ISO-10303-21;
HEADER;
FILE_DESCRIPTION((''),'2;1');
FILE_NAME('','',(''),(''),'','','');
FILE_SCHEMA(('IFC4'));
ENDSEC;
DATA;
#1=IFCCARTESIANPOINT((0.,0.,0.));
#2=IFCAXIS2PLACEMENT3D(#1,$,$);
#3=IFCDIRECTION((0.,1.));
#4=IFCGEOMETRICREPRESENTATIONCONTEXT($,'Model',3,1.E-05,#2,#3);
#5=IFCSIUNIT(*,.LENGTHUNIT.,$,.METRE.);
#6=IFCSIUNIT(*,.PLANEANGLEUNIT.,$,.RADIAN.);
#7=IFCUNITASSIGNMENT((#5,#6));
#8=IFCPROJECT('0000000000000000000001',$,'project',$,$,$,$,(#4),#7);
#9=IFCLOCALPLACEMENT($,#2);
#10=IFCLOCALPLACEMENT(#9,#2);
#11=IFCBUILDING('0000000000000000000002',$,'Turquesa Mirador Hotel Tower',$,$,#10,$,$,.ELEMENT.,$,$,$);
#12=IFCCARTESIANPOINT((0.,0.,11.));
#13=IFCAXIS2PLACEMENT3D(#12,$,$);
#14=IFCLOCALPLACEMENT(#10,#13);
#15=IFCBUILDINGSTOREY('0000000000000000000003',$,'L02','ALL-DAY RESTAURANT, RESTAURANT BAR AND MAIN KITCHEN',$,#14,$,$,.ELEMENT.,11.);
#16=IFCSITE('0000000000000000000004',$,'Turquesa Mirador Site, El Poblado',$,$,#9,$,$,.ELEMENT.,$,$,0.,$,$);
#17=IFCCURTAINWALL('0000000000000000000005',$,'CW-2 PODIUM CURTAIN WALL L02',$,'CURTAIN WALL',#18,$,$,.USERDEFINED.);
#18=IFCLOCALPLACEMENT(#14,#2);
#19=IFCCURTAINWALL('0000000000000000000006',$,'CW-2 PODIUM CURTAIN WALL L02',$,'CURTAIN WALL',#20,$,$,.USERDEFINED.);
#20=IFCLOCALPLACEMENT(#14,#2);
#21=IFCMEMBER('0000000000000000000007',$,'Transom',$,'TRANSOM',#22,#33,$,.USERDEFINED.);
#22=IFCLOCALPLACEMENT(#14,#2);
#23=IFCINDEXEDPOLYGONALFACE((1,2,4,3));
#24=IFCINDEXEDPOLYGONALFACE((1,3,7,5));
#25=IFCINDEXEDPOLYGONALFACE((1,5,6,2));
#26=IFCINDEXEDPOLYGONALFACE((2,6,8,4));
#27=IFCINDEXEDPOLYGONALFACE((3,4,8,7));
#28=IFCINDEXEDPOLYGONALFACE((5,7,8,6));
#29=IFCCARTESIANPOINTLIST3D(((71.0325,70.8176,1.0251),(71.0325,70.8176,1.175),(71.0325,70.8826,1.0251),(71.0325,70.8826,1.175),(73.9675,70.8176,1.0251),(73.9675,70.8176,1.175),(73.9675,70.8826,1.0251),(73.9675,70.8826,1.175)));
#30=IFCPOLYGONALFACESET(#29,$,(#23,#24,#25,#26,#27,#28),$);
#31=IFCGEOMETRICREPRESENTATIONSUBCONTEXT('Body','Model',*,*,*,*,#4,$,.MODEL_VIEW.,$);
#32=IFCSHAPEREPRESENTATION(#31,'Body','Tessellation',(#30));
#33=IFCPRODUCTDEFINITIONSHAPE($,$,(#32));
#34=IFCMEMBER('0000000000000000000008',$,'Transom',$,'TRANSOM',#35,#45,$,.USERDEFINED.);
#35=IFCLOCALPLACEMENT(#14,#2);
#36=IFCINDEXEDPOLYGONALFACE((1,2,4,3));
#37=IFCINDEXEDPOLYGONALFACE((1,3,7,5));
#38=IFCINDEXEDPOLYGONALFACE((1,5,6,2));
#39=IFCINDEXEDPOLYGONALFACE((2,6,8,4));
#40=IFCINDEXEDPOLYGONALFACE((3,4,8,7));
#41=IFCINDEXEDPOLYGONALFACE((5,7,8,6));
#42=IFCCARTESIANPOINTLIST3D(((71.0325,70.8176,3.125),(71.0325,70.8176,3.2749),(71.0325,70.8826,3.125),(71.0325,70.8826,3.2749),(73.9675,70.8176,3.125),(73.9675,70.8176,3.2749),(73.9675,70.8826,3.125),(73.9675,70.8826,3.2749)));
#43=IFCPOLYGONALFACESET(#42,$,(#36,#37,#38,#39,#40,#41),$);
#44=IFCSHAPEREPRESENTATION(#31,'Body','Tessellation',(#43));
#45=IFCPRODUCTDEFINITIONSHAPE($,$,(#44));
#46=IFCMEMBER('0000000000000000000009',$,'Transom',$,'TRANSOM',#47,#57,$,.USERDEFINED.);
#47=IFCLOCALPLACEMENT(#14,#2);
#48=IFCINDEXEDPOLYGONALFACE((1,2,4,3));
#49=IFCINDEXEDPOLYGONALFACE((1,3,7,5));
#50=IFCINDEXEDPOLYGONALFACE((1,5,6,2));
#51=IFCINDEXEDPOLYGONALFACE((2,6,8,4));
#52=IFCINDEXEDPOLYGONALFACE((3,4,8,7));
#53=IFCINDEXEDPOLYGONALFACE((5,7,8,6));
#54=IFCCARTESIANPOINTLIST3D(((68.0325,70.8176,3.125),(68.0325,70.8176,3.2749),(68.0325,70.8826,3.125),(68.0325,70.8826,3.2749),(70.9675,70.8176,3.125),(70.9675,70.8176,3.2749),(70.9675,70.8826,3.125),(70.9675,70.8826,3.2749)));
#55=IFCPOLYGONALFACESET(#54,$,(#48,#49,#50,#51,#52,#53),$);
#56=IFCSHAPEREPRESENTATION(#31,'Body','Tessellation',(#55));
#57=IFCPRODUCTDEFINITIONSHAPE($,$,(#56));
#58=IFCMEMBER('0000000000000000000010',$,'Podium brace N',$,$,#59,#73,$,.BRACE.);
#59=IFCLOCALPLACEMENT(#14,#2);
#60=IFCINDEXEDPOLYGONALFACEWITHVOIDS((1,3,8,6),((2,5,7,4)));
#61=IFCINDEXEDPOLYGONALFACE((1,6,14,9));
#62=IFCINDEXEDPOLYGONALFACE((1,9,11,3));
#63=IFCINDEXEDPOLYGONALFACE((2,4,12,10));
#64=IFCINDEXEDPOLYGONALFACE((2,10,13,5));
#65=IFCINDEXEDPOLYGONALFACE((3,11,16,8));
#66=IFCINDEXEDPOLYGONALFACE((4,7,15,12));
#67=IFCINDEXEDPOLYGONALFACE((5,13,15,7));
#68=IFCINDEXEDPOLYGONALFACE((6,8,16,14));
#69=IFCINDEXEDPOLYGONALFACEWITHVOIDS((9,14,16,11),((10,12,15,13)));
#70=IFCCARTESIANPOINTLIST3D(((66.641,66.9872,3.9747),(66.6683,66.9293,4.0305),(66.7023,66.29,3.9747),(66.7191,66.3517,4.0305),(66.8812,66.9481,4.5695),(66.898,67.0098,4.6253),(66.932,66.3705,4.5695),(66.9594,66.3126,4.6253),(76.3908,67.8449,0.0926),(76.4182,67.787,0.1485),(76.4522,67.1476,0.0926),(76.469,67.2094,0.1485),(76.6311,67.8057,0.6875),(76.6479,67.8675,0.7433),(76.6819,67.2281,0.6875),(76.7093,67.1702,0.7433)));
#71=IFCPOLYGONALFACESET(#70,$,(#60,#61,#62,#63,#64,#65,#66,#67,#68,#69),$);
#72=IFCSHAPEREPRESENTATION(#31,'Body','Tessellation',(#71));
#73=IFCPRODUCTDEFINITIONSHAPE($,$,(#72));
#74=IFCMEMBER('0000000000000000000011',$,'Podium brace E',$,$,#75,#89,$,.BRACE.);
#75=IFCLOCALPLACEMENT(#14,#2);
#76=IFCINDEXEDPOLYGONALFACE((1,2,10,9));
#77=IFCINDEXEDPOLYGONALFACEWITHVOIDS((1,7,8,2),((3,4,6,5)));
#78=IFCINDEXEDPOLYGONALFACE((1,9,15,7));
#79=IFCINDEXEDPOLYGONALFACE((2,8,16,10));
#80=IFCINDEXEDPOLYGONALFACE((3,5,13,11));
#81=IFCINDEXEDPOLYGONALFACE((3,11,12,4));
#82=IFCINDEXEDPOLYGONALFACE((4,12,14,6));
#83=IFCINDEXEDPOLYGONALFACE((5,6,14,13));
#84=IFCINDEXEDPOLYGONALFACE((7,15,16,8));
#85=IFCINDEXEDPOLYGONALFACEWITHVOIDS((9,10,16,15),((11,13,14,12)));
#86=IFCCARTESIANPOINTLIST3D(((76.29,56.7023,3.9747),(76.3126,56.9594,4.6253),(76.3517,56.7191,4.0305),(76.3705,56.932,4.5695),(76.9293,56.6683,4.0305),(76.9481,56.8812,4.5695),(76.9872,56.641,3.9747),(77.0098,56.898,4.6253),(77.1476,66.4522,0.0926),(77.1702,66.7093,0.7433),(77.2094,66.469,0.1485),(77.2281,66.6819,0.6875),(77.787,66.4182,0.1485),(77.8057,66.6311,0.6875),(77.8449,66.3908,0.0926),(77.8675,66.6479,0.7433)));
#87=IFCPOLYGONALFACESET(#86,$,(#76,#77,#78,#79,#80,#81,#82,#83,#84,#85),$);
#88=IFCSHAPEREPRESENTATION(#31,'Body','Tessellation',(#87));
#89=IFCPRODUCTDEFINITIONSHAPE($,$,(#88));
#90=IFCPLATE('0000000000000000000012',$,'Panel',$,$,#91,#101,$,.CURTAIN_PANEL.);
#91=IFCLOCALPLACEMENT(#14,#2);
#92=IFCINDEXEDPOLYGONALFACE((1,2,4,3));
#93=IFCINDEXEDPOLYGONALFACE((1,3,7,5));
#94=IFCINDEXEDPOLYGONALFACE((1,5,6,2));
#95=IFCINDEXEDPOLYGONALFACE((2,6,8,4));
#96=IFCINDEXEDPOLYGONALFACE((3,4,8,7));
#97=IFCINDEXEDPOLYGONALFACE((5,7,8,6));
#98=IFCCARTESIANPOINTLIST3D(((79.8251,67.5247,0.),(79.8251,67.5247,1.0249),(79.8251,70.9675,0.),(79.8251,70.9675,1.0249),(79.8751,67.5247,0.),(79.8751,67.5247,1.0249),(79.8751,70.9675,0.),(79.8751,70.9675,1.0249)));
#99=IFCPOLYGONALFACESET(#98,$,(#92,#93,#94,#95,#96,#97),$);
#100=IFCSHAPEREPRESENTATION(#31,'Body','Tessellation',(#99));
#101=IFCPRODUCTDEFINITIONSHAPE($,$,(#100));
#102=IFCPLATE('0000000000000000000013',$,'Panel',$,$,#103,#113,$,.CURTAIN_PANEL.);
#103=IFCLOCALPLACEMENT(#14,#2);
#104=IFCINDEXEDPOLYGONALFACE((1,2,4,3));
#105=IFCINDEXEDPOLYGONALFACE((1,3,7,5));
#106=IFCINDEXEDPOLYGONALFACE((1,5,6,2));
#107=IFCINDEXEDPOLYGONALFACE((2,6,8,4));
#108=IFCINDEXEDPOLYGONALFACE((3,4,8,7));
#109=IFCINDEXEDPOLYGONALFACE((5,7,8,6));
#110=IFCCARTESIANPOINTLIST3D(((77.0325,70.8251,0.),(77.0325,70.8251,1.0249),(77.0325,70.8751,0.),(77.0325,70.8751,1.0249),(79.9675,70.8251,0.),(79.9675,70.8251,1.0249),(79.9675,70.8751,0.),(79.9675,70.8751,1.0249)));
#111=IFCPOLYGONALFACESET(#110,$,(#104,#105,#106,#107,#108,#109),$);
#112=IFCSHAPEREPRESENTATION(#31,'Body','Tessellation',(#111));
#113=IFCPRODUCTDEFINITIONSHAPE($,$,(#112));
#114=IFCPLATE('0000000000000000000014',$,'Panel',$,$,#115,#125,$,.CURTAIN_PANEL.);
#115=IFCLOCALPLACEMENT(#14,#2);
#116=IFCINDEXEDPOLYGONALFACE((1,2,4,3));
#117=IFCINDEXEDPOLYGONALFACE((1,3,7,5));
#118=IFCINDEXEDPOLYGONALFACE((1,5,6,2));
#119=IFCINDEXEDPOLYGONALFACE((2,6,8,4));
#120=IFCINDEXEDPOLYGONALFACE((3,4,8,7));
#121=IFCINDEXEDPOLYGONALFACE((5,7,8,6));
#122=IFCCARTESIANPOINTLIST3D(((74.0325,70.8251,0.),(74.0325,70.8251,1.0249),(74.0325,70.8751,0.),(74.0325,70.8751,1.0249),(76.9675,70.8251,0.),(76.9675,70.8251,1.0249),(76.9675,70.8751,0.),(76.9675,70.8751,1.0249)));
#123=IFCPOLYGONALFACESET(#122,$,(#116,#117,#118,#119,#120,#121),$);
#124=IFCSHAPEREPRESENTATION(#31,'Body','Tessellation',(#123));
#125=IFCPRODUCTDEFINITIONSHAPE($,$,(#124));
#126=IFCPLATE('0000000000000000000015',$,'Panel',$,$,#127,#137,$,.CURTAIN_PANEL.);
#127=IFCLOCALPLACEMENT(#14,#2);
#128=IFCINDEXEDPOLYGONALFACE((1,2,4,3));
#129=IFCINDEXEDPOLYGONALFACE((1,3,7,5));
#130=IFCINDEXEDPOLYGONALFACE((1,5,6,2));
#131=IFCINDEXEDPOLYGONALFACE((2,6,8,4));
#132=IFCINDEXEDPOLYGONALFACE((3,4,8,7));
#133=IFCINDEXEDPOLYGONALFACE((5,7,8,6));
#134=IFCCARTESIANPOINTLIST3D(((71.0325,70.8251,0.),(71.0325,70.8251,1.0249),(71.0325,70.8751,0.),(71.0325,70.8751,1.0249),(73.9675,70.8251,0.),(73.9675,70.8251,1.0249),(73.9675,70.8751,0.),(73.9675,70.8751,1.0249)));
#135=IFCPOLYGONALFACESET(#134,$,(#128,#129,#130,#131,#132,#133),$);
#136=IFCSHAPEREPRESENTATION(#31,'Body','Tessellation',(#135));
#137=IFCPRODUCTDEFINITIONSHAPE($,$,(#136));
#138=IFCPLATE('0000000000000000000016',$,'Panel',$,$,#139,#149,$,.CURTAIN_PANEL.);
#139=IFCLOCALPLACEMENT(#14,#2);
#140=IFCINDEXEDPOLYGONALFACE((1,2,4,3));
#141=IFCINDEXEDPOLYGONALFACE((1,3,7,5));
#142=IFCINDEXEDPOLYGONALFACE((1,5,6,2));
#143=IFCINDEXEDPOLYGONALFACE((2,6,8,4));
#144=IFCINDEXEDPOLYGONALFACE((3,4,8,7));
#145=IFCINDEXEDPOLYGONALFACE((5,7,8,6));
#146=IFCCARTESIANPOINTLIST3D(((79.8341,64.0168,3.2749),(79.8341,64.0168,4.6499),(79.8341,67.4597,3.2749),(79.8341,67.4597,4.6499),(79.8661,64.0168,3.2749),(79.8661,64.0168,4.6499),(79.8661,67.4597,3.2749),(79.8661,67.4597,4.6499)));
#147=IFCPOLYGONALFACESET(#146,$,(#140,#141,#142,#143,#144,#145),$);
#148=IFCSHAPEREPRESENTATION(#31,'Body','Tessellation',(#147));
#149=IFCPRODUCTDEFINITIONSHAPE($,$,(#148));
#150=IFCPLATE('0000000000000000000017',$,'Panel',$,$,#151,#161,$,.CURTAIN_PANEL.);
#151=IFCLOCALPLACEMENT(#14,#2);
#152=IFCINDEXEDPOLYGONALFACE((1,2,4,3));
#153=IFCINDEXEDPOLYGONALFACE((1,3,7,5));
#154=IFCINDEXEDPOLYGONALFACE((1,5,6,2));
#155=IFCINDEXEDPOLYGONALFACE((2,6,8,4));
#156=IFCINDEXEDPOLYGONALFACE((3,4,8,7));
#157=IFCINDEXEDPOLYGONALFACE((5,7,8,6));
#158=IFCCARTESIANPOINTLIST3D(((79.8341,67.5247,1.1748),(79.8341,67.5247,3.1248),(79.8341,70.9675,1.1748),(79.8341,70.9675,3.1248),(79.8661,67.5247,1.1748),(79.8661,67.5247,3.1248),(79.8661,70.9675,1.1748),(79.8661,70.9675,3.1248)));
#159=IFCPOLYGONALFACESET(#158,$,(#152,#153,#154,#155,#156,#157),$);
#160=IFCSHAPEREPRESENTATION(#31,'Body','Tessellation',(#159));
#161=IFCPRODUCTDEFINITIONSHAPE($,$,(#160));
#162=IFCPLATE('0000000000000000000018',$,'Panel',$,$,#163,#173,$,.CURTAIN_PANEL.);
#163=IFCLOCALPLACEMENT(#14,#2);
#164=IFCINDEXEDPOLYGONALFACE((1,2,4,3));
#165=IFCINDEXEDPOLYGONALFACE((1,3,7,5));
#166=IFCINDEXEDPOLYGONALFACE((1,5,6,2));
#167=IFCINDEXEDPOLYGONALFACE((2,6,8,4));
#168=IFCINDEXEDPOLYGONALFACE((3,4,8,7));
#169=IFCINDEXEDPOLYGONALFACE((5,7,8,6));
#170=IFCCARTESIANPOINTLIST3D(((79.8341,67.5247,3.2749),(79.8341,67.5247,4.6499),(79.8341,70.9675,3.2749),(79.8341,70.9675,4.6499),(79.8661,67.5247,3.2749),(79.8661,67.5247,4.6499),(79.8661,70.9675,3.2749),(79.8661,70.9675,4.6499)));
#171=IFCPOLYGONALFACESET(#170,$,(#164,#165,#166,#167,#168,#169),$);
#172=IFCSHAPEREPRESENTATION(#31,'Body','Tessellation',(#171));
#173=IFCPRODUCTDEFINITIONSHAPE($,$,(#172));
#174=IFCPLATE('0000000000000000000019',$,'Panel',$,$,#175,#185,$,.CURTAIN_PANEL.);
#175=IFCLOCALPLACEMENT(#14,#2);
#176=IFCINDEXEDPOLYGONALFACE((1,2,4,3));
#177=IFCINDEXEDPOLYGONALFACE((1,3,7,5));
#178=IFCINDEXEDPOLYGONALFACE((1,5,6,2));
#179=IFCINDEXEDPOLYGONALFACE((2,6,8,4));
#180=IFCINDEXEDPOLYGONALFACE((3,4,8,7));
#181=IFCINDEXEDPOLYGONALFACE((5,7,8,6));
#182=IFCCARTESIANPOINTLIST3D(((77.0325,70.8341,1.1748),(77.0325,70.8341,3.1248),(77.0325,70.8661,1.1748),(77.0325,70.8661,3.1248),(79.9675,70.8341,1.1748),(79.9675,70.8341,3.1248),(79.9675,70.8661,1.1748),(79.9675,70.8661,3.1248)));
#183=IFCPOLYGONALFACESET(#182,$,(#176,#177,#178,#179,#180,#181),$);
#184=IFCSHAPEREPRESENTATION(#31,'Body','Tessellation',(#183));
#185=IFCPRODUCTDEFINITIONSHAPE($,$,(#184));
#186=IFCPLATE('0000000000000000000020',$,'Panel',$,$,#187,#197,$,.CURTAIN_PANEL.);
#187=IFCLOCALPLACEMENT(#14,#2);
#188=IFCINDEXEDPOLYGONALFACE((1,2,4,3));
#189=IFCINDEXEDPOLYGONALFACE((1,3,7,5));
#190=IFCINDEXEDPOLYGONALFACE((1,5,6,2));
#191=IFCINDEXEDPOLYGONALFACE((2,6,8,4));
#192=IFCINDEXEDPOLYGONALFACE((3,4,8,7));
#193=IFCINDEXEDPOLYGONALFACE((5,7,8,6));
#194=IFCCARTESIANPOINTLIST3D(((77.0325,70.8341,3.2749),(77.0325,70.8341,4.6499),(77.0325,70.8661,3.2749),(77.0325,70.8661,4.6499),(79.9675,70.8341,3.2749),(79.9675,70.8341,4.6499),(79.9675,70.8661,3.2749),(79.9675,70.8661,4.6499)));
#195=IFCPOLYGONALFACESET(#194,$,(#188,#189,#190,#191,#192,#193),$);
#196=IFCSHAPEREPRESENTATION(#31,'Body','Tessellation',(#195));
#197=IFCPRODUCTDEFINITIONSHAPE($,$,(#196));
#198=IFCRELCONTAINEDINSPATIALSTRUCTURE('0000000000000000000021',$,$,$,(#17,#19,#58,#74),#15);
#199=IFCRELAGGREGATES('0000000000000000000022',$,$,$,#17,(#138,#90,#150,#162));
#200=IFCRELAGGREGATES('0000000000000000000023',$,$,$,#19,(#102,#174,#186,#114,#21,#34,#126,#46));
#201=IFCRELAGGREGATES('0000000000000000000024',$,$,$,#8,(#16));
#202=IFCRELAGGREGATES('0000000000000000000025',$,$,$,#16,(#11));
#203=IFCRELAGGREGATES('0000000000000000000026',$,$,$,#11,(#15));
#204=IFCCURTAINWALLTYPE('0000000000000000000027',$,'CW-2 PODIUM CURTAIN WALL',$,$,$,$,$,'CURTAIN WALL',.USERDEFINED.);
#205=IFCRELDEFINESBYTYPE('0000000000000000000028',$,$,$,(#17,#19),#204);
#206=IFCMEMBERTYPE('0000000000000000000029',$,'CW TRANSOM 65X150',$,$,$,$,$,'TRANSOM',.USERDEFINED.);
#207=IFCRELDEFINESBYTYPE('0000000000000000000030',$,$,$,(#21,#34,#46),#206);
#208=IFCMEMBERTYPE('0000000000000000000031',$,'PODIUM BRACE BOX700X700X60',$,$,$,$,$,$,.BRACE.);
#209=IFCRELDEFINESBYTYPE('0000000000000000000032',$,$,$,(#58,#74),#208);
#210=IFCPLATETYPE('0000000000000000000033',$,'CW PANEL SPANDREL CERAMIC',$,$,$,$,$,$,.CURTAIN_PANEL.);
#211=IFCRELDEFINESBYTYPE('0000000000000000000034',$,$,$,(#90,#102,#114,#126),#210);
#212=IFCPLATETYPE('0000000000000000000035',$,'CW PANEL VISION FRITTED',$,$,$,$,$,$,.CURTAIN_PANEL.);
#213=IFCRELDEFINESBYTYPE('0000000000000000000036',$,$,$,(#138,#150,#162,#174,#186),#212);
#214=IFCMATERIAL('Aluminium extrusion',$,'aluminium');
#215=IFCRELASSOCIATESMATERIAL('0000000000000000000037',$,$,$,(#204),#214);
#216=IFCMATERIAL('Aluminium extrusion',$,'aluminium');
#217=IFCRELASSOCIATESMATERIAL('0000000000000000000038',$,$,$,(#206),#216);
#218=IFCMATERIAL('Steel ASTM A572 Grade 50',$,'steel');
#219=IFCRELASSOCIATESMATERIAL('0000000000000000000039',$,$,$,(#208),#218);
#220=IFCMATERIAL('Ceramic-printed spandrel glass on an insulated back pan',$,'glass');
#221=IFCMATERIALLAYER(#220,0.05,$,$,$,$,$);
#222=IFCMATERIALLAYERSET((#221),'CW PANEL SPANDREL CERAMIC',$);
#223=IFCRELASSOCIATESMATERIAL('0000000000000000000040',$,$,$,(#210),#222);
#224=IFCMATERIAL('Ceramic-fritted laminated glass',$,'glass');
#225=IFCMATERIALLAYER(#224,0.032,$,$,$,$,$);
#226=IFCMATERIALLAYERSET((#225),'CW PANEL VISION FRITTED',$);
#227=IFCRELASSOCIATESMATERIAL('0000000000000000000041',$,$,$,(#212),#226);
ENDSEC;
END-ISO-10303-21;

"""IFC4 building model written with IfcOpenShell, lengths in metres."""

from ifc_helpers import new_model, si_unit, direction, frame, origin, origin_2d, place, context, subcontext, project, spatial, rectangle, hollow_rectangle, extrude, material, layer, layer_set, material_profile, profile_set, type_object, element, aggregate, save


model = new_model("IFC4")

# Units and contexts
model_context = context("Model", 3, precision=1e-05, world=origin(), true_north=direction((0.0, 1.0)))
body_context = subcontext(model_context, "Body", "Model", "MODEL_VIEW")
ifc_project = project(units=[si_unit("LENGTHUNIT", "METRE"), si_unit("PLANEANGLEUNIT", "RADIAN")], contexts=[model_context])

# Site, building, storey
site_placement = place(None, origin())
site = spatial("IfcSite", under=ifc_project, at=site_placement, Name="Turquesa Mirador Site, El Poblado", CompositionType="ELEMENT", RefElevation=0.0)
building_placement = place(site_placement, origin())
building = spatial("IfcBuilding", under=site, at=building_placement, Name="Turquesa Mirador Hotel Tower", CompositionType="ELEMENT")
storey_placement = place(building_placement, frame((0.0, 0.0, 11.0)))
storey = spatial("IfcBuildingStorey", under=building, at=storey_placement, Name="L02", Description="ALL-DAY RESTAURANT, RESTAURANT BAR AND MAIN KITCHEN", CompositionType="ELEMENT", Elevation=11.0)

# Curtain walls
ifc_material_1 = material(Name="Aluminium extrusion", Category="aluminium")
curtain_wall_type = type_object("IfcCurtainWallType", Name="CW-2 PODIUM CURTAIN WALL", ElementType="CURTAIN WALL", PredefinedType="USERDEFINED", material=ifc_material_1)
curtain_wall_1_placement = place(storey_placement, origin())
curtain_wall_1 = element("IfcCurtainWall", 1, at=curtain_wall_1_placement, inside=storey, type_object=curtain_wall_type, Name="CW-2 PODIUM CURTAIN WALL L02", ObjectType="CURTAIN WALL", PredefinedType="USERDEFINED")
curtain_wall_2_placement = place(storey_placement, origin())
curtain_wall_2 = element("IfcCurtainWall", 2, at=curtain_wall_2_placement, inside=storey, type_object=curtain_wall_type, Name="CW-2 PODIUM CURTAIN WALL L02", ObjectType="CURTAIN WALL", PredefinedType="USERDEFINED")

# Members
ifc_material_2 = material(Name="Aluminium extrusion", Category="aluminium")
ifc_material_profile_1 = material_profile(ifc_material_2, rectangle(XDim=0.0649, YDim=0.1499, at=origin_2d()), Name="TRANSOM 65X150")
ifc_profile_set_1 = profile_set([ifc_material_profile_1], Name="Aluminium extrusion")
member_type_1 = type_object("IfcMemberType", Name="CW TRANSOM 65X150", ElementType="TRANSOM", PredefinedType="USERDEFINED", material=ifc_profile_set_1)
member_1_placement = place(storey_placement, frame((73.9675, 70.8501, 1.1001), z_axis=(-1.0, 0.0, 0.0), x_axis=(0.0, -1.0, 0.0)))
member_1 = element("IfcMember", 3, at=member_1_placement, type_object=member_type_1, Name="Transom", ObjectType="TRANSOM", PredefinedType="USERDEFINED", context=body_context, shape_type="SweptSolid", body=[
    extrude(rectangle(XDim=0.0649, YDim=0.1499, at=origin_2d()), origin(), (0.0, 0.0, 1.0), 2.9351),
])
member_2_placement = place(storey_placement, frame((73.9675, 70.8501, 3.2), z_axis=(-1.0, 0.0, 0.0), x_axis=(0.0, -1.0, 0.0)))
member_2 = element("IfcMember", 4, at=member_2_placement, type_object=member_type_1, Name="Transom", ObjectType="TRANSOM", PredefinedType="USERDEFINED", context=body_context, shape_type="SweptSolid", body=[
    extrude(rectangle(XDim=0.0649, YDim=0.1499, at=origin_2d()), origin(), (0.0, 0.0, 1.0), 2.9351),
])
member_3_placement = place(storey_placement, frame((70.9675, 70.8501, 3.2), z_axis=(-1.0, 0.0, 0.0), x_axis=(0.0, -1.0, 0.0)))
member_3 = element("IfcMember", 5, at=member_3_placement, type_object=member_type_1, Name="Transom", ObjectType="TRANSOM", PredefinedType="USERDEFINED", context=body_context, shape_type="SweptSolid", body=[
    extrude(rectangle(XDim=0.0649, YDim=0.1499, at=origin_2d()), origin(), (0.0, 0.0, 1.0), 2.9351),
])

# Members
ifc_material_3 = material(Name="Steel ASTM A572 Grade 50", Category="steel")
ifc_material_profile_2 = material_profile(ifc_material_3, hollow_rectangle(XDim=0.7, YDim=0.7, WallThickness=0.0601, at=origin_2d()), Name="BOX700X700X60")
ifc_profile_set_2 = profile_set([ifc_material_profile_2], Name="Steel ASTM A572 Grade 50")
member_type_2 = type_object("IfcMemberType", Name="PODIUM BRACE BOX700X700X60", PredefinedType="BRACE", material=ifc_profile_set_2)
for number, where, z_axis, x_axis, name in (
    (6, (76.55, 67.5076, 0.418), (-0.925977, -0.081454, 0.368689), (0.087627, -0.996153, 0.0), "Podium brace N"),
    (7, (77.5076, 66.55, 0.418), (-0.081454, -0.925977, 0.368689), (0.996153, -0.087627, 0.0), "Podium brace E"),
):
    element("IfcMember", number, at=place(storey_placement, frame(where, z_axis=z_axis, x_axis=x_axis)), inside=storey, type_object=member_type_2, Name=name, PredefinedType="BRACE", context=body_context, shape_type="SweptSolid", body=[
        extrude(hollow_rectangle(XDim=0.7, YDim=0.7, WallThickness=0.0601, at=origin_2d()), origin(), (0.0, 0.0, 1.0), 10.5293),
    ])

# Plates
ifc_material_4 = material(Name="Ceramic-printed spandrel glass on an insulated back pan", Category="glass")
ifc_layer_1 = layer(ifc_material_4, 0.05)
ifc_layer_set_1 = layer_set([ifc_layer_1], Name="CW PANEL SPANDREL CERAMIC")
plate_type_1 = type_object("IfcPlateType", Name="CW PANEL SPANDREL CERAMIC", PredefinedType="CURTAIN_PANEL", material=ifc_layer_set_1)
plate_1_placement = place(storey_placement, frame((79.8501, 69.2461, 0.0), z_axis=(0.0, 0.0, 1.0), x_axis=(0.0, 1.0, 0.0)))
plate_1 = element("IfcPlate", 8, at=plate_1_placement, type_object=plate_type_1, Name="Panel", PredefinedType="CURTAIN_PANEL", context=body_context, shape_type="SweptSolid", body=[
    extrude(rectangle(XDim=3.4429, YDim=0.05, at=origin_2d()), origin(), (0.0, 0.0, 1.0), 1.0249),
])
plate_2_placement = place(storey_placement, frame((78.5, 70.8501, 0.0), z_axis=(0.0, 0.0, 1.0), x_axis=(-1.0, 0.0, 0.0)))
plate_2 = element("IfcPlate", 9, at=plate_2_placement, type_object=plate_type_1, Name="Panel", PredefinedType="CURTAIN_PANEL", context=body_context, shape_type="SweptSolid", body=[
    extrude(rectangle(XDim=2.9351, YDim=0.05, at=origin_2d()), origin(), (0.0, 0.0, 1.0), 1.0249),
])
plate_3_placement = place(storey_placement, frame((75.5, 70.8501, 0.0), z_axis=(0.0, 0.0, 1.0), x_axis=(-1.0, 0.0, 0.0)))
plate_3 = element("IfcPlate", 10, at=plate_3_placement, type_object=plate_type_1, Name="Panel", PredefinedType="CURTAIN_PANEL", context=body_context, shape_type="SweptSolid", body=[
    extrude(rectangle(XDim=2.9351, YDim=0.05, at=origin_2d()), origin(), (0.0, 0.0, 1.0), 1.0249),
])
plate_4_placement = place(storey_placement, frame((72.5, 70.8501, 0.0), z_axis=(0.0, 0.0, 1.0), x_axis=(-1.0, 0.0, 0.0)))
plate_4 = element("IfcPlate", 11, at=plate_4_placement, type_object=plate_type_1, Name="Panel", PredefinedType="CURTAIN_PANEL", context=body_context, shape_type="SweptSolid", body=[
    extrude(rectangle(XDim=2.9351, YDim=0.05, at=origin_2d()), origin(), (0.0, 0.0, 1.0), 1.0249),
])
ifc_material_5 = material(Name="Ceramic-fritted laminated glass", Category="glass")
ifc_layer_2 = layer(ifc_material_5, 0.032)
ifc_layer_set_2 = layer_set([ifc_layer_2], Name="CW PANEL VISION FRITTED")
plate_type_2 = type_object("IfcPlateType", Name="CW PANEL VISION FRITTED", PredefinedType="CURTAIN_PANEL", material=ifc_layer_set_2)
plate_5_placement = place(storey_placement, frame((79.8501, 65.7383, 3.2749), z_axis=(0.0, 0.0, 1.0), x_axis=(0.0, 1.0, 0.0)))
plate_5 = element("IfcPlate", 12, at=plate_5_placement, type_object=plate_type_2, Name="Panel", PredefinedType="CURTAIN_PANEL", context=body_context, shape_type="SweptSolid", body=[
    extrude(rectangle(XDim=3.4429, YDim=0.032, at=origin_2d()), origin(), (0.0, 0.0, 1.0), 1.375),
])
plate_6_placement = place(storey_placement, frame((79.8501, 69.2461, 1.1748), z_axis=(0.0, 0.0, 1.0), x_axis=(0.0, 1.0, 0.0)))
plate_6 = element("IfcPlate", 13, at=plate_6_placement, type_object=plate_type_2, Name="Panel", PredefinedType="CURTAIN_PANEL", context=body_context, shape_type="SweptSolid", body=[
    extrude(rectangle(XDim=3.4429, YDim=0.032, at=origin_2d()), origin(), (0.0, 0.0, 1.0), 1.95),
])
plate_7_placement = place(storey_placement, frame((79.8501, 69.2461, 3.2749), z_axis=(0.0, 0.0, 1.0), x_axis=(0.0, 1.0, 0.0)))
plate_7 = element("IfcPlate", 14, at=plate_7_placement, type_object=plate_type_2, Name="Panel", PredefinedType="CURTAIN_PANEL", context=body_context, shape_type="SweptSolid", body=[
    extrude(rectangle(XDim=3.4429, YDim=0.032, at=origin_2d()), origin(), (0.0, 0.0, 1.0), 1.375),
])
aggregate(curtain_wall_1, [plate_5, plate_1, plate_6, plate_7])
plate_8_placement = place(storey_placement, frame((78.5, 70.8501, 1.1748), z_axis=(0.0, 0.0, 1.0), x_axis=(-1.0, 0.0, 0.0)))
plate_8 = element("IfcPlate", 15, at=plate_8_placement, type_object=plate_type_2, Name="Panel", PredefinedType="CURTAIN_PANEL", context=body_context, shape_type="SweptSolid", body=[
    extrude(rectangle(XDim=2.9351, YDim=0.032, at=origin_2d()), origin(), (0.0, 0.0, 1.0), 1.95),
])
plate_9_placement = place(storey_placement, frame((78.5, 70.8501, 3.2749), z_axis=(0.0, 0.0, 1.0), x_axis=(-1.0, 0.0, 0.0)))
plate_9 = element("IfcPlate", 16, at=plate_9_placement, type_object=plate_type_2, Name="Panel", PredefinedType="CURTAIN_PANEL", context=body_context, shape_type="SweptSolid", body=[
    extrude(rectangle(XDim=2.9351, YDim=0.032, at=origin_2d()), origin(), (0.0, 0.0, 1.0), 1.375),
])
aggregate(curtain_wall_2, [plate_2, plate_8, plate_9, plate_3, member_1, member_2, plate_4, member_3])

save(model, "model.ifc")
